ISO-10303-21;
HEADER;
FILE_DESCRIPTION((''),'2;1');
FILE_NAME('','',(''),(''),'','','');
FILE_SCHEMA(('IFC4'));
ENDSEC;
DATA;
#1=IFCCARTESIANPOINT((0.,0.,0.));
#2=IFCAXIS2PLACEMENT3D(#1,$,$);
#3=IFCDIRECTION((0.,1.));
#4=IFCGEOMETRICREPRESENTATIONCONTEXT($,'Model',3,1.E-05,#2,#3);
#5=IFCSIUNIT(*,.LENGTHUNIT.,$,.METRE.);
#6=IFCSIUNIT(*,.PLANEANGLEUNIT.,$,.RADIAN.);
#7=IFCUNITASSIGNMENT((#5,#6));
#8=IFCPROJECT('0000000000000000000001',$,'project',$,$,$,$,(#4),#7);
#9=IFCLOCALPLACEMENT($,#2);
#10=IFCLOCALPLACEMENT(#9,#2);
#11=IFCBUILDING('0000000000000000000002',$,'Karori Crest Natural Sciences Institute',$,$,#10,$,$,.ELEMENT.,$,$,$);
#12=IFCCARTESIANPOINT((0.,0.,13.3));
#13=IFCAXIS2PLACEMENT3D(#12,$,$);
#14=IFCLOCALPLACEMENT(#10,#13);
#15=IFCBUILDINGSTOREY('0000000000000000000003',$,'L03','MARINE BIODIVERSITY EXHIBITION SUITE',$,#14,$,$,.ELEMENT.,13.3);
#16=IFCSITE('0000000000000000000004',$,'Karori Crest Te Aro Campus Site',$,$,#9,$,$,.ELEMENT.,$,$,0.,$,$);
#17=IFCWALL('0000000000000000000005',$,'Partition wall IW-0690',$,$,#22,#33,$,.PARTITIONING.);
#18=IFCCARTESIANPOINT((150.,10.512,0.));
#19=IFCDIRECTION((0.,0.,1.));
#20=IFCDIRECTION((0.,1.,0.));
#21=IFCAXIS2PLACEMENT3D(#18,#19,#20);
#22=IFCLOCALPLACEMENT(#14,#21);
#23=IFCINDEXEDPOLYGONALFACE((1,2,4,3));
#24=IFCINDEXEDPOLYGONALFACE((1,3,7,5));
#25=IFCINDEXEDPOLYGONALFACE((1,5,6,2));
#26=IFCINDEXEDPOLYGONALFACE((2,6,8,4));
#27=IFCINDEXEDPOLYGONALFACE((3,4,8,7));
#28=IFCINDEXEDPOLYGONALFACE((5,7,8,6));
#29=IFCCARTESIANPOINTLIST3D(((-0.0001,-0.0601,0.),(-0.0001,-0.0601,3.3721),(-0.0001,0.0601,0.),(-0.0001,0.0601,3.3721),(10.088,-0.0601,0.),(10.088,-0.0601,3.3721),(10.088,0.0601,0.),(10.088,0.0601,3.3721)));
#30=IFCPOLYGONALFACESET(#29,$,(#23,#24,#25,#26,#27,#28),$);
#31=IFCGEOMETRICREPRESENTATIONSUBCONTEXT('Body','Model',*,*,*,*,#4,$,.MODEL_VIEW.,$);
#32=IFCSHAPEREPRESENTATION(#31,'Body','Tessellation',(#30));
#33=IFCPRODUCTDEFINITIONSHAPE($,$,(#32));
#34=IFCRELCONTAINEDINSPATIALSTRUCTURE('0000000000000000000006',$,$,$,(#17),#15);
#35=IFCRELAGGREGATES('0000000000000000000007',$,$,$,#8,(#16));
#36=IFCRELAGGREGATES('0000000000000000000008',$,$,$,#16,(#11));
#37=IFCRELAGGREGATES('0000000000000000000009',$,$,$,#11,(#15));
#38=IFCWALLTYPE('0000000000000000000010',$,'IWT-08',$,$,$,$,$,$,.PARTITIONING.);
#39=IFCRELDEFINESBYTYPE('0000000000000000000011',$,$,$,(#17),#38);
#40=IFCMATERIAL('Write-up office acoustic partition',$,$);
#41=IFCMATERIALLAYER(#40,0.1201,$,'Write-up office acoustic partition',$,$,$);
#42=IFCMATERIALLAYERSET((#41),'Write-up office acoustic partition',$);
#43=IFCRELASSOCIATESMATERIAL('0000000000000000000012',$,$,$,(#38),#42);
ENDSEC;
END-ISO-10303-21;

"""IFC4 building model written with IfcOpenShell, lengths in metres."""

from ifc_helpers import new_model, si_unit, direction, frame, frame_2d, origin, place, context, subcontext, project, spatial, rectangle, extrude, material, layer, layer_set, type_object, element, save


model = new_model("IFC4")

# Units and contexts
model_context = context("Model", 3, precision=1e-05, world=origin(), true_north=direction((0.0, 1.0)))
body_context = subcontext(model_context, "Body", "Model", "MODEL_VIEW")
ifc_project = project(units=[si_unit("LENGTHUNIT", "METRE"), si_unit("PLANEANGLEUNIT", "RADIAN")], contexts=[model_context])

# Site, building, storey
site_placement = place(None, origin())
site = spatial("IfcSite", under=ifc_project, at=site_placement, Name="Karori Crest Te Aro Campus Site", CompositionType="ELEMENT", RefElevation=0.0)
building_placement = place(site_placement, origin())
building = spatial("IfcBuilding", under=site, at=building_placement, Name="Karori Crest Natural Sciences Institute", CompositionType="ELEMENT")
storey_placement = place(building_placement, frame((0.0, 0.0, 13.3)))
storey = spatial("IfcBuildingStorey", under=building, at=storey_placement, Name="L03", Description="MARINE BIODIVERSITY EXHIBITION SUITE", CompositionType="ELEMENT", Elevation=13.3)

# Wall
ifc_material_1 = material(Name="Write-up office acoustic partition")
ifc_layer_1 = layer(ifc_material_1, 0.1201, Name="Write-up office acoustic partition")
ifc_layer_set_1 = layer_set([ifc_layer_1], Name="Write-up office acoustic partition")
wall_type_1 = type_object("IfcWallType", Name="IWT-08", PredefinedType="PARTITIONING", material=ifc_layer_set_1)
wall_1_placement = place(storey_placement, frame((150.0, 10.512, 0.0), z_axis=(0.0, 0.0, 1.0), x_axis=(0.0, 1.0, 0.0)))
element("IfcWall", 1, at=wall_1_placement, inside=storey, type_object=wall_type_1, Name="Partition wall IW-0690", PredefinedType="PARTITIONING", context=body_context, shape_type="SweptSolid", body=[
    extrude(rectangle(XDim=10.0881, YDim=0.1201, at=frame_2d((5.0439, 0.0))), origin(), (0.0, 0.0, 1.0), 3.3721),
])

save(model, "model.ifc")
